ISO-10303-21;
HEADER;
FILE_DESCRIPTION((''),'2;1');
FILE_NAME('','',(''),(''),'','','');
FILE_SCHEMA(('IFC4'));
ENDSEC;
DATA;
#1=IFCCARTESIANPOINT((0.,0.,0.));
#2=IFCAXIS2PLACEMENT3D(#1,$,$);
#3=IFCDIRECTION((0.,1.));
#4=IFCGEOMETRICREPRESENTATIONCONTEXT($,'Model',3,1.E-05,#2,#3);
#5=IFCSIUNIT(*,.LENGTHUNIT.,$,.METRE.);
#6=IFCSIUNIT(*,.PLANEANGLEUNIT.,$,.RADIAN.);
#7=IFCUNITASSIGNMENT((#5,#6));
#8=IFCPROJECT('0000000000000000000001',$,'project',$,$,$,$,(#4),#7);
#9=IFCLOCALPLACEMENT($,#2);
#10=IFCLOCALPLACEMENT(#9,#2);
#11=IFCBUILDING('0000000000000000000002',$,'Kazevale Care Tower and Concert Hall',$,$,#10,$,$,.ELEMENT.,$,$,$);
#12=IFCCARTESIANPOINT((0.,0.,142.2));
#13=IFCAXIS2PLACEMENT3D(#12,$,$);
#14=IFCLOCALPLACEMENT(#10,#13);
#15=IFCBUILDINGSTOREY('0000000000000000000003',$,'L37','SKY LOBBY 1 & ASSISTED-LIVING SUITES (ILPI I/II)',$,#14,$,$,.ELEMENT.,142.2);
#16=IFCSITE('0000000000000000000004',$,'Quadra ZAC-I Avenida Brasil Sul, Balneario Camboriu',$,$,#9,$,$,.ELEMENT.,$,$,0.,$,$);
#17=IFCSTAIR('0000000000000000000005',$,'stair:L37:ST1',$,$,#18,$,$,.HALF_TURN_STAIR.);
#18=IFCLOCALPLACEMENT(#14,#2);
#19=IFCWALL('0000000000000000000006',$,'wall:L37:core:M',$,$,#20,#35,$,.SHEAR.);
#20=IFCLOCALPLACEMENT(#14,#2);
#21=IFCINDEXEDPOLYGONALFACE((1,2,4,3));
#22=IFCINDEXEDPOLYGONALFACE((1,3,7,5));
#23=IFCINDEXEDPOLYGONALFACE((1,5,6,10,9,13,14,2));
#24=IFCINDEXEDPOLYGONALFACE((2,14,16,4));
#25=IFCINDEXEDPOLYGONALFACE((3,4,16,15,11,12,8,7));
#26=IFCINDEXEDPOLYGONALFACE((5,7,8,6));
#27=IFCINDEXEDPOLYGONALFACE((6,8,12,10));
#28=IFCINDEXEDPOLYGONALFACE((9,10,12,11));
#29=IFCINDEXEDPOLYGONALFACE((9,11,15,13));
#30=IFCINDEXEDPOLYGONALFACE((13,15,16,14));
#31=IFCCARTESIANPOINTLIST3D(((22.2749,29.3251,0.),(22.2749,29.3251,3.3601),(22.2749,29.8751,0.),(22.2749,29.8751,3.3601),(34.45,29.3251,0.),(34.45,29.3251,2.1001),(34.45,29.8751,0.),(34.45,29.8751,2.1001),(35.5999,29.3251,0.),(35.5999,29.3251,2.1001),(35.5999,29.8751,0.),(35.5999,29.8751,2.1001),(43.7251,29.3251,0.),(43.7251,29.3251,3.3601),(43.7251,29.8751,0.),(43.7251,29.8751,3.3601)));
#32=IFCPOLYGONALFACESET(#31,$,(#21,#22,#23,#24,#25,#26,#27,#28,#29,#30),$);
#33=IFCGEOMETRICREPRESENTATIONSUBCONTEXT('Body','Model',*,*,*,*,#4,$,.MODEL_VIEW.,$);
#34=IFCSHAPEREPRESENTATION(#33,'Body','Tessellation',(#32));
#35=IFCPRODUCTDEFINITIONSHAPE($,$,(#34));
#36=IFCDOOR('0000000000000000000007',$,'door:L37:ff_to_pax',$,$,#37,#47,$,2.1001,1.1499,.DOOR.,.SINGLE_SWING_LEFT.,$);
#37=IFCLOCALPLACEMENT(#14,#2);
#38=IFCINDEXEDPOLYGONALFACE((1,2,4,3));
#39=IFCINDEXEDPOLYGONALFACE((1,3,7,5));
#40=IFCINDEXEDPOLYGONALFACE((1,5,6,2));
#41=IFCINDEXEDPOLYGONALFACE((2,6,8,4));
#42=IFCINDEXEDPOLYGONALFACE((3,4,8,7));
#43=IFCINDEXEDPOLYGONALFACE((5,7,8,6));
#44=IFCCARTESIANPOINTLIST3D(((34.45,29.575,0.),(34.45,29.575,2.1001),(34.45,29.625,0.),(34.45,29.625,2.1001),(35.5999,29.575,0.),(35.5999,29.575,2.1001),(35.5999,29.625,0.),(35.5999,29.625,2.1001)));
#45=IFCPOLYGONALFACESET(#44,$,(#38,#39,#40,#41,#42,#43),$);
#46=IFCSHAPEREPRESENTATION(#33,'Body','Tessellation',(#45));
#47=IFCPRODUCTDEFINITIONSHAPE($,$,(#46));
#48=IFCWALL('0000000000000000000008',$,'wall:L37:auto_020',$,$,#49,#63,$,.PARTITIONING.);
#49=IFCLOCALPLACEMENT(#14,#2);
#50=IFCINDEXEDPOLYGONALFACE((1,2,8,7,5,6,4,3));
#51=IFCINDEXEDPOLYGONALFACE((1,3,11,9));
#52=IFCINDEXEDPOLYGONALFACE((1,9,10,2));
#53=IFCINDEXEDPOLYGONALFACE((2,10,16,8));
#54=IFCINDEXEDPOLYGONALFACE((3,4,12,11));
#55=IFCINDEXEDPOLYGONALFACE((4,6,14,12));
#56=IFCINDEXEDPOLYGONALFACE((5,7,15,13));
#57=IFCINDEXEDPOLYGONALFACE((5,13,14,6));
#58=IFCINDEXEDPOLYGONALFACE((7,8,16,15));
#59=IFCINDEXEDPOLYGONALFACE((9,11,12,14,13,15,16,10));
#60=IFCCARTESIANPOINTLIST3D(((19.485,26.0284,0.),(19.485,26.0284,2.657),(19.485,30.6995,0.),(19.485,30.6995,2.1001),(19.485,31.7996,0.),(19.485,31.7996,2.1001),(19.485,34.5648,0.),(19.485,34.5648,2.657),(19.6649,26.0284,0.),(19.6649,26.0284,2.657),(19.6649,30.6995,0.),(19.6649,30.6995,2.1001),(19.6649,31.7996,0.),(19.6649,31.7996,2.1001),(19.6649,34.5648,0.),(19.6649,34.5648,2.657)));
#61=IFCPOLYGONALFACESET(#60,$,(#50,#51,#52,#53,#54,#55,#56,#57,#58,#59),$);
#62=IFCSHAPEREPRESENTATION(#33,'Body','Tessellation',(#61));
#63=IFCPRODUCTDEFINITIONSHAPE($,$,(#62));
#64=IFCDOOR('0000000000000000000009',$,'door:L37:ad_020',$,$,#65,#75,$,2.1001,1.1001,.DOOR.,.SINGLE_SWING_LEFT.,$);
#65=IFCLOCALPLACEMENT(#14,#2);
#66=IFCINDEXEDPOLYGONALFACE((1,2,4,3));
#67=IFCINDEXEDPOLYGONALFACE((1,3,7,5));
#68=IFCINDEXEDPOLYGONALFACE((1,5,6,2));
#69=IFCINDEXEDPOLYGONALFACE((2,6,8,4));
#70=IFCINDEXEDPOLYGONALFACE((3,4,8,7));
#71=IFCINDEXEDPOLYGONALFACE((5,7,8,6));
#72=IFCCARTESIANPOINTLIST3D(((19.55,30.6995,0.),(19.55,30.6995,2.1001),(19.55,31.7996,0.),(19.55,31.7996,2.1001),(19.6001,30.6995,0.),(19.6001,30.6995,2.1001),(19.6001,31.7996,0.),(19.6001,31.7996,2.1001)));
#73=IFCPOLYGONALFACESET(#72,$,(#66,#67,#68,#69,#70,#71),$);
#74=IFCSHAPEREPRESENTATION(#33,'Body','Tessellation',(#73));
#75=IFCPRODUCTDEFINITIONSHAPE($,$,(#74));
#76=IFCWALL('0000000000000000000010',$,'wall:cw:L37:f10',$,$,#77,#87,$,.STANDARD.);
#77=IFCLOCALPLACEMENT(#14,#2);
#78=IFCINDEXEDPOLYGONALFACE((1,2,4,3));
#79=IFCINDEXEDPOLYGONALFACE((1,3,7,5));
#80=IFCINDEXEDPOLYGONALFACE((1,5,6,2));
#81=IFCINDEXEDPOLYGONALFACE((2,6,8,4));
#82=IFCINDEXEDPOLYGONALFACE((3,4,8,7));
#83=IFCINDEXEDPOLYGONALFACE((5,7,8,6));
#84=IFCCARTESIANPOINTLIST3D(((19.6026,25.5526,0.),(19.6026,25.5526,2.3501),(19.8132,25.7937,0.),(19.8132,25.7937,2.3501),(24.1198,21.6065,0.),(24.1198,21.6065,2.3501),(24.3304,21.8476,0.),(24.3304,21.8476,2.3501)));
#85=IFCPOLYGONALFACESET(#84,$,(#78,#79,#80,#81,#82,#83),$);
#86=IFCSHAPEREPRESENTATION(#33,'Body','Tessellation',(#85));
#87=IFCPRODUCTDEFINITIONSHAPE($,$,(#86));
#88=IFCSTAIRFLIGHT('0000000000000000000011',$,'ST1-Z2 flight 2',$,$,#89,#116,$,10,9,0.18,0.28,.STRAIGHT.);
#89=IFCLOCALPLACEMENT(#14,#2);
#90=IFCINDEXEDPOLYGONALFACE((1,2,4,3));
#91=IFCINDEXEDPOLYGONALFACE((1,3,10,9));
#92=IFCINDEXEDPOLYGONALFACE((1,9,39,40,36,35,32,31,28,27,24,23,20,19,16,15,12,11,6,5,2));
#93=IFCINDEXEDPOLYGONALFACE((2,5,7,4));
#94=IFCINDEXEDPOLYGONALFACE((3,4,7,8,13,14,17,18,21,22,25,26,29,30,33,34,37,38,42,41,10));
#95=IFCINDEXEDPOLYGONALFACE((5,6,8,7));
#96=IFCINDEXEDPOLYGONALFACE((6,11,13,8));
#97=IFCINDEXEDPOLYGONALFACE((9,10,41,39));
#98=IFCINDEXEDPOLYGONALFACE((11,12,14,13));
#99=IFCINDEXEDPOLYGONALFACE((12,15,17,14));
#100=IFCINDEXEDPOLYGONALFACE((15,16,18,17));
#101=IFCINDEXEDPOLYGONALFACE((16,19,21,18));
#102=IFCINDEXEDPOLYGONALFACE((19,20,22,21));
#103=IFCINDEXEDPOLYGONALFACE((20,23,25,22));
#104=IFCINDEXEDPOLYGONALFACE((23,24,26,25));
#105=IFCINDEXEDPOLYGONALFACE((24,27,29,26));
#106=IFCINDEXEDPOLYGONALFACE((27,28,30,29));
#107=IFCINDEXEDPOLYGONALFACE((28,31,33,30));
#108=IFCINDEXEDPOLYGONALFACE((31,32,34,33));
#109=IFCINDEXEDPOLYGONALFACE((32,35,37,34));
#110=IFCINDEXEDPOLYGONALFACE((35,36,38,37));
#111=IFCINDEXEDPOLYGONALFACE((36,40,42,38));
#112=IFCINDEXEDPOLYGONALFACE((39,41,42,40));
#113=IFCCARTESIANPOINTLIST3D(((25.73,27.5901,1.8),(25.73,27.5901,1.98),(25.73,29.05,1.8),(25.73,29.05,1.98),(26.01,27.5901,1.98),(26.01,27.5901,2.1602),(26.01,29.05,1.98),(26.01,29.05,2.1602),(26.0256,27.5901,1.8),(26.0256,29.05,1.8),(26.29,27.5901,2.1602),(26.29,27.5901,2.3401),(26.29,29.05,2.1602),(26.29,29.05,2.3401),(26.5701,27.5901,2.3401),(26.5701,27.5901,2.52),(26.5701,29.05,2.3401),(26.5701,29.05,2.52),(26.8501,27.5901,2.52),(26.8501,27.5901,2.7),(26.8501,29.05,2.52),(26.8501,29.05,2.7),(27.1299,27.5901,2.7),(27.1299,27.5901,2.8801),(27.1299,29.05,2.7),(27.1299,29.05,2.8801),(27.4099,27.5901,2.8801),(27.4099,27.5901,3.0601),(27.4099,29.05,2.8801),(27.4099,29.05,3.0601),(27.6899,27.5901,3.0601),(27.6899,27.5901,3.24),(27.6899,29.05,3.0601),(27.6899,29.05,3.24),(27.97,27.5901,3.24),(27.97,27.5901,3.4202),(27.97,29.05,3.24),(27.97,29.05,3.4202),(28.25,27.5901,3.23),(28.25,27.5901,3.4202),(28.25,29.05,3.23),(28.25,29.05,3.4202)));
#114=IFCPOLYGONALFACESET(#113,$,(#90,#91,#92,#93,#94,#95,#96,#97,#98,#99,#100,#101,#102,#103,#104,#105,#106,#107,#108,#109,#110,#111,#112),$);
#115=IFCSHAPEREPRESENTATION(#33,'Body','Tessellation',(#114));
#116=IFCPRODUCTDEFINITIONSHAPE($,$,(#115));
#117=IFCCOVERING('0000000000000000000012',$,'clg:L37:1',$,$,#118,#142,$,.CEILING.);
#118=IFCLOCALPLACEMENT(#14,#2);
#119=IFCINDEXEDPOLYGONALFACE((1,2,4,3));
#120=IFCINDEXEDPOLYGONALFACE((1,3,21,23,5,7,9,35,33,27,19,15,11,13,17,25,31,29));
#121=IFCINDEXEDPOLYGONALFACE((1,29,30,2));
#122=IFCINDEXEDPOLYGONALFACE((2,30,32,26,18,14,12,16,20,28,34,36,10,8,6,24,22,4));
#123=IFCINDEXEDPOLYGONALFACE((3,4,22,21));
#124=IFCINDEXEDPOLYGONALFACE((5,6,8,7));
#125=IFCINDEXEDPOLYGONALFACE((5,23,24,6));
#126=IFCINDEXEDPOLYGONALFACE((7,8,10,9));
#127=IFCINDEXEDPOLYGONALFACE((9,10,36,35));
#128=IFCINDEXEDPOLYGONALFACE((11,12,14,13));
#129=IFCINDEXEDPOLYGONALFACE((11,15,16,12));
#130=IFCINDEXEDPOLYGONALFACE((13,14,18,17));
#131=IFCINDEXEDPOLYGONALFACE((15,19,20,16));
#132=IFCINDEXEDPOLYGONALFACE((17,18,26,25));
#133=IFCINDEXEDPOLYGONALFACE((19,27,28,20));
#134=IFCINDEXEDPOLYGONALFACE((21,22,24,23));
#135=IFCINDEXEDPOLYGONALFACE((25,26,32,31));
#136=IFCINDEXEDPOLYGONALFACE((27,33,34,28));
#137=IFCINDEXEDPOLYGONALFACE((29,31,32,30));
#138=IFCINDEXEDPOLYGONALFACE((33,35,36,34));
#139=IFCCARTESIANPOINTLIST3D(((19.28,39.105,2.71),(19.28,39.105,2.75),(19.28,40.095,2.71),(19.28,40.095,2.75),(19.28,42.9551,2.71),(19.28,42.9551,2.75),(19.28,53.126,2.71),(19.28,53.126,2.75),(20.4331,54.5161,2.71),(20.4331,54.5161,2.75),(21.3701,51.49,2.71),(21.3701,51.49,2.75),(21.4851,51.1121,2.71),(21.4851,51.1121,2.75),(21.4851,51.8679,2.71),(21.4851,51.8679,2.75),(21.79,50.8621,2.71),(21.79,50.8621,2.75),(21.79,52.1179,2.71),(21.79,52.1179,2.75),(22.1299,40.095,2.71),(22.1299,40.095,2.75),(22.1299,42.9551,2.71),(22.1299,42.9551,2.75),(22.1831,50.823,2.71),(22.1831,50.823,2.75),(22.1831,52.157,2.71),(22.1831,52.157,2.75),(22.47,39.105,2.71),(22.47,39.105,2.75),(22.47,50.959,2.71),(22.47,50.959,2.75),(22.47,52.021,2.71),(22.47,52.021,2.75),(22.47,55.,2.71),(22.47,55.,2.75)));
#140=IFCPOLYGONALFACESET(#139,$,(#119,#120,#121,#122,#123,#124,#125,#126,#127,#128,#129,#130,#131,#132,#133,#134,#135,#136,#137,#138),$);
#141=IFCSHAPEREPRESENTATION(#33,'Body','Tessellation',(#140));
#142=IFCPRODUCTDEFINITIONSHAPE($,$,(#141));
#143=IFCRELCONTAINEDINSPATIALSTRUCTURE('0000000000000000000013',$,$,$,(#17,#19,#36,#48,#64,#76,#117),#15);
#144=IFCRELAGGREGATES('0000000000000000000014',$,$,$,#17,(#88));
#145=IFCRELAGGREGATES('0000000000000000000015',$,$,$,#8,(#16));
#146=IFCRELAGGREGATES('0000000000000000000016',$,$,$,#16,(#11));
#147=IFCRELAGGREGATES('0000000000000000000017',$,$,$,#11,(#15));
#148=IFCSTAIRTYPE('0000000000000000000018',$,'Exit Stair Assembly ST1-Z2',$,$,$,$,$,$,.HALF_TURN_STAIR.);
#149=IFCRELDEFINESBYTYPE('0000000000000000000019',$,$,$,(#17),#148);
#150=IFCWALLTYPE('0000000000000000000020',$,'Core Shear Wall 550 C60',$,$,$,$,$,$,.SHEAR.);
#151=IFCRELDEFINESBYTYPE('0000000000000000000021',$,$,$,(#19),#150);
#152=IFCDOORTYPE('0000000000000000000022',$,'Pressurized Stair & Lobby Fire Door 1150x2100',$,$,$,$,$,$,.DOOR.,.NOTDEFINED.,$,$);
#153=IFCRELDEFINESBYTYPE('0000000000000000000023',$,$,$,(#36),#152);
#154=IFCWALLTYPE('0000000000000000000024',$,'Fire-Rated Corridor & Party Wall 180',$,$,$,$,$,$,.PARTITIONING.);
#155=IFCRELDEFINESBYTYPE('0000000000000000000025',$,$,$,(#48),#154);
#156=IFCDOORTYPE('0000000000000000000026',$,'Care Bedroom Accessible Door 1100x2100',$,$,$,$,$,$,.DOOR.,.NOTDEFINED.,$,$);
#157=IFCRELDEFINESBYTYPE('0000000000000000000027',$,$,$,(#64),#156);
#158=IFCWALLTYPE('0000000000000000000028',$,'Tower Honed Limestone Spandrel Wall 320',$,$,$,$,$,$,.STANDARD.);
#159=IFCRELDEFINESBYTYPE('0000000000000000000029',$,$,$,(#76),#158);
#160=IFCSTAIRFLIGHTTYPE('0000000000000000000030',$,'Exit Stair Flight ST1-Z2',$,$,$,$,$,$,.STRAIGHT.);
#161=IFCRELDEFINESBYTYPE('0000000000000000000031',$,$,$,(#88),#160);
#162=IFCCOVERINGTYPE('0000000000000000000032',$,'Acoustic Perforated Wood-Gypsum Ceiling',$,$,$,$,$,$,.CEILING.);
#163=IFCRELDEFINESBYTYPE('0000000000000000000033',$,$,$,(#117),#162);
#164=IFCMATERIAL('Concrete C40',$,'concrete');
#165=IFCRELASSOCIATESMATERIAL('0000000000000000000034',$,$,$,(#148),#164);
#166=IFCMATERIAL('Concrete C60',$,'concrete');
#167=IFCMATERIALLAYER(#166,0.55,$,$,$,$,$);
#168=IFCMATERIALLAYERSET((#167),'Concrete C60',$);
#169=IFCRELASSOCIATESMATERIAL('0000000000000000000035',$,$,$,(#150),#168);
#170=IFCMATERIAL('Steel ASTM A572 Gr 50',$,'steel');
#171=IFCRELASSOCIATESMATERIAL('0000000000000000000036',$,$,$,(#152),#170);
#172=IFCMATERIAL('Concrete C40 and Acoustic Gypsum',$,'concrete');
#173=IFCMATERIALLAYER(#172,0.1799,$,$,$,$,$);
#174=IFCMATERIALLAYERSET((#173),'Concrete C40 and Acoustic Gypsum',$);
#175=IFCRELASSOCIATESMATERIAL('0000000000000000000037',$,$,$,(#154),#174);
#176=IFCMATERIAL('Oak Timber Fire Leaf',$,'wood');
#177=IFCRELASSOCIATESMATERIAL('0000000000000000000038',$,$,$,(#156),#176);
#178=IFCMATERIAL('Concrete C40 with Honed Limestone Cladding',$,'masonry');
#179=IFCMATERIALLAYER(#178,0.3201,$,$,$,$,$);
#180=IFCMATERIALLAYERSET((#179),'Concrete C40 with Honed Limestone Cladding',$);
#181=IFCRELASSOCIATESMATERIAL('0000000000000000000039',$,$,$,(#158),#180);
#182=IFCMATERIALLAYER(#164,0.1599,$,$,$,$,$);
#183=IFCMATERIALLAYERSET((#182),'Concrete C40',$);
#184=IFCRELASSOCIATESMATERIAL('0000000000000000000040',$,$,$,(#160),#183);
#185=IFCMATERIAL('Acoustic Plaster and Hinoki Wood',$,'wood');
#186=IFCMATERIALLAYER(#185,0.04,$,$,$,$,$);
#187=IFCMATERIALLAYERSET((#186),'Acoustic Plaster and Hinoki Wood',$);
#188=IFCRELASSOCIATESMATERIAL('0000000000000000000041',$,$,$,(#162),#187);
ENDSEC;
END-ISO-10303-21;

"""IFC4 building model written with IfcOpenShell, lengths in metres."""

from ifc_helpers import new_model, si_unit, direction, frame, frame_2d, origin, place, context, subcontext, project, spatial, polyline, rectangle, outline, extrude, material, layer, layer_set, type_object, element, fill, aggregate, save


model = new_model("IFC4")

# Units and contexts
model_context = context("Model", 3, precision=1e-05, world=origin(), true_north=direction((0.0, 1.0)))
body_context = subcontext(model_context, "Body", "Model", "MODEL_VIEW")
ifc_project = project(units=[si_unit("LENGTHUNIT", "METRE"), si_unit("PLANEANGLEUNIT", "RADIAN")], contexts=[model_context])

# Site, building, storey
site_placement = place(None, origin())
site = spatial("IfcSite", under=ifc_project, at=site_placement, Name="Quadra ZAC-I Avenida Brasil Sul, Balneario Camboriu", CompositionType="ELEMENT", RefElevation=0.0)
building_placement = place(site_placement, origin())
building = spatial("IfcBuilding", under=site, at=building_placement, Name="Kazevale Care Tower and Concert Hall", CompositionType="ELEMENT")
storey_placement = place(building_placement, frame((0.0, 0.0, 142.2)))
storey = spatial("IfcBuildingStorey", under=building, at=storey_placement, Name="L37", Description="SKY LOBBY 1 & ASSISTED-LIVING SUITES (ILPI I/II)", CompositionType="ELEMENT", Elevation=142.2)

# Shared definitions
ifc_material_1 = material(Name="Concrete C60", Category="concrete")

# Shared definitions
ifc_material_2 = material(Name="Steel ASTM A572 Gr 50", Category="steel")

# Shared definitions
ifc_material_3 = material(Name="Concrete C40", Category="concrete")

# Stair
stair_type = type_object("IfcStairType", Name="Exit Stair Assembly ST1-Z2", PredefinedType="HALF_TURN_STAIR", material=ifc_material_3)
stair_1_placement = place(storey_placement, origin())
stair_1 = element("IfcStair", 1, at=stair_1_placement, inside=storey, type_object=stair_type, Name="stair:L37:ST1", PredefinedType="HALF_TURN_STAIR")

# Shared definitions
ifc_layer_1 = layer(ifc_material_1, 0.55)
ifc_layer_set_1 = layer_set([ifc_layer_1], Name="Concrete C60")
wall_type_1 = type_object("IfcWallType", Name="Core Shear Wall 550 C60", PredefinedType="SHEAR", material=ifc_layer_set_1)

# Walls, openings, doors
wall_1_placement = place(storey_placement, frame((22.2749, 29.6001, 0.0), z_axis=(0.0, 0.0, 1.0), x_axis=(1.0, 0.0, 0.0)))
wall_1 = element("IfcWall", 2, at=wall_1_placement, inside=storey, type_object=wall_type_1, Name="wall:L37:core:M", PredefinedType="SHEAR", context=body_context, shape_type="SweptSolid", body=[
    extrude(rectangle(XDim=21.4502, YDim=0.55, at=frame_2d((10.7251, 0.0))), origin(), (0.0, 0.0, 1.0), 3.3601),
])
opening_1_placement = place(wall_1_placement, frame((12.175, 0.0, 0.0)))
opening_1 = element("IfcOpeningElement", 3, at=opening_1_placement, cuts=wall_1, PredefinedType="OPENING", context=body_context, shape_type="SweptSolid", body=[
    extrude(rectangle(XDim=1.1499, YDim=2.1001, at=frame_2d((0.575, 1.05))), frame((0.0, 0.2849, 0.0), z_axis=(0.0, -1.0, 0.0), x_axis=(1.0, 0.0, 0.0)), (0.0, 0.0, 1.0), 0.5701),
])
door_type_1 = type_object("IfcDoorType", Name="Pressurized Stair & Lobby Fire Door 1150x2100", OperationType="NOTDEFINED", PredefinedType="DOOR", material=ifc_material_2)
door_1_placement = place(opening_1_placement, origin())
door_1 = element("IfcDoor", 4, at=door_1_placement, inside=storey, type_object=door_type_1, Name="door:L37:ff_to_pax", OperationType="SINGLE_SWING_LEFT", OverallHeight=2.1001, OverallWidth=1.1499, PredefinedType="DOOR", context=body_context, shape_type="SweptSolid", body=[
    extrude(rectangle(XDim=1.1499, YDim=2.1001, at=frame_2d((0.575, 1.05))), frame((0.0, 0.0249, 0.0), z_axis=(0.0, -1.0, 0.0), x_axis=(1.0, 0.0, 0.0)), (0.0, 0.0, 1.0), 0.05),
])
fill(opening_1, door_1)
ifc_material_4 = material(Name="Concrete C40 and Acoustic Gypsum", Category="concrete")
ifc_layer_2 = layer(ifc_material_4, 0.1799)
ifc_layer_set_2 = layer_set([ifc_layer_2], Name="Concrete C40 and Acoustic Gypsum")
wall_type_2 = type_object("IfcWallType", Name="Fire-Rated Corridor & Party Wall 180", PredefinedType="PARTITIONING", material=ifc_layer_set_2)
wall_2_placement = place(storey_placement, frame((19.575, 26.0286, 0.0), z_axis=(0.0, 0.0, 1.0), x_axis=(0.0, 1.0, 0.0)))
wall_2 = element("IfcWall", 5, at=wall_2_placement, inside=storey, type_object=wall_type_2, Name="wall:L37:auto_020", PredefinedType="PARTITIONING", context=body_context, shape_type="SweptSolid", body=[
    extrude(rectangle(XDim=8.5364, YDim=0.1799, at=frame_2d((4.2681, 0.0))), origin(), (0.0, 0.0, 1.0), 2.657),
])
opening_2_placement = place(wall_2_placement, frame((4.6709, 0.0, 0.0)))
opening_2 = element("IfcOpeningElement", 6, at=opening_2_placement, cuts=wall_2, PredefinedType="OPENING", context=body_context, shape_type="SweptSolid", body=[
    extrude(rectangle(XDim=1.1001, YDim=2.1001, at=frame_2d((0.55, 1.05))), frame((0.0, 0.0999, 0.0), z_axis=(0.0, -1.0, 0.0), x_axis=(1.0, 0.0, 0.0)), (0.0, 0.0, 1.0), 0.2),
])
ifc_material_5 = material(Name="Oak Timber Fire Leaf", Category="wood")
door_type_2 = type_object("IfcDoorType", Name="Care Bedroom Accessible Door 1100x2100", OperationType="NOTDEFINED", PredefinedType="DOOR", material=ifc_material_5)
door_2_placement = place(opening_2_placement, origin())
door_2 = element("IfcDoor", 7, at=door_2_placement, inside=storey, type_object=door_type_2, Name="door:L37:ad_020", OperationType="SINGLE_SWING_LEFT", OverallHeight=2.1001, OverallWidth=1.1001, PredefinedType="DOOR", context=body_context, shape_type="SweptSolid", body=[
    extrude(rectangle(XDim=1.1001, YDim=2.1001, at=frame_2d((0.55, 1.05))), frame((0.0, 0.0249, 0.0), z_axis=(0.0, -1.0, 0.0), x_axis=(1.0, 0.0, 0.0)), (0.0, 0.0, 1.0), 0.05),
])
fill(opening_2, door_2)

# Wall
ifc_material_6 = material(Name="Concrete C40 with Honed Limestone Cladding", Category="masonry")
ifc_layer_3 = layer(ifc_material_6, 0.3201)
ifc_layer_set_3 = layer_set([ifc_layer_3], Name="Concrete C40 with Honed Limestone Cladding")
wall_type_3 = type_object("IfcWallType", Name="Tower Honed Limestone Spandrel Wall 320", PredefinedType="STANDARD", material=ifc_layer_set_3)
wall_3_placement = place(storey_placement, frame((24.2251, 21.7271, 0.0), z_axis=(0.0, 0.0, 1.0), x_axis=(-0.753106, 0.657899, 0.0)))
element("IfcWall", 8, at=wall_3_placement, inside=storey, type_object=wall_type_3, Name="wall:cw:L37:f10", PredefinedType="STANDARD", context=body_context, shape_type="SweptSolid", body=[
    extrude(rectangle(XDim=5.998, YDim=0.3201, at=frame_2d((2.999, 0.0))), origin(), (0.0, 0.0, 1.0), 2.3501),
])

# Stair flight
ifc_layer_4 = layer(ifc_material_3, 0.1599)
ifc_layer_set_4 = layer_set([ifc_layer_4], Name="Concrete C40")
stair_flight_type = type_object("IfcStairFlightType", Name="Exit Stair Flight ST1-Z2", PredefinedType="STRAIGHT", material=ifc_layer_set_4)
stair_flight_placement = place(storey_placement, frame((25.73, 28.3201, 1.8), z_axis=(0.0, 0.0, 1.0), x_axis=(1.0, 0.0, 0.0)))
stair_flight = element("IfcStairFlight", 9, at=stair_flight_placement, type_object=stair_flight_type, Name="ST1-Z2 flight 2", NumberOfRisers=10, NumberOfTreads=9, PredefinedType="STRAIGHT", RiserHeight=0.18, TreadLength=0.28, context=body_context, shape_type="SweptSolid", body=[
    extrude(outline(polyline([(0.0, 0.0), (0.0, 0.1799), (0.28, 0.1799), (0.28, 0.3601), (0.5601, 0.3601), (0.5601, 0.54), (0.8401, 0.54), (0.8401, 0.72), (1.1201, 0.72), (1.1201, 0.8999), (1.3999, 0.8999), (1.3999, 1.0801), (1.6799, 1.0801), (1.6799, 1.26), (1.96, 1.26), (1.96, 1.4399), (2.24, 1.4399), (2.24, 1.6201), (2.52, 1.6201), (2.52, 1.8), (2.52, 1.4299), (0.2957, 0.0), (0.0, 0.0)])), frame((0.0, 0.73, 0.0), z_axis=(0.0, -1.0, 0.0), x_axis=(1.0, 0.0, 0.0)), (0.0, 0.0, 1.0), 1.46),
])
aggregate(stair_1, [stair_flight])

# Covering
ifc_material_7 = material(Name="Acoustic Plaster and Hinoki Wood", Category="wood")
ifc_layer_5 = layer(ifc_material_7, 0.04)
ifc_layer_set_5 = layer_set([ifc_layer_5], Name="Acoustic Plaster and Hinoki Wood")
covering_type = type_object("IfcCoveringType", Name="Acoustic Perforated Wood-Gypsum Ceiling", PredefinedType="CEILING", material=ifc_layer_set_5)
covering_1_placement = place(storey_placement, frame((0.0, 0.0, 2.71)))
element("IfcCovering", 10, at=covering_1_placement, inside=storey, type_object=covering_type, Name="clg:L37:1", PredefinedType="CEILING", context=body_context, shape_type="SweptSolid", body=[
    extrude(outline(polyline([(22.1299, 40.095), (22.1299, 42.9551), (19.28, 42.9551), (19.28, 53.126), (20.4331, 54.5161), (22.47, 55.0), (22.47, 52.021), (22.1831, 52.157), (21.79, 52.1179), (21.4851, 51.8679), (21.3701, 51.49), (21.4851, 51.1121), (21.79, 50.8621), (22.1831, 50.823), (22.47, 50.959), (22.47, 39.105), (19.28, 39.105), (19.28, 40.095), (22.1299, 40.095)])), origin(), (0.0, 0.0, 1.0), 0.04),
])

save(model, "model.ifc")
